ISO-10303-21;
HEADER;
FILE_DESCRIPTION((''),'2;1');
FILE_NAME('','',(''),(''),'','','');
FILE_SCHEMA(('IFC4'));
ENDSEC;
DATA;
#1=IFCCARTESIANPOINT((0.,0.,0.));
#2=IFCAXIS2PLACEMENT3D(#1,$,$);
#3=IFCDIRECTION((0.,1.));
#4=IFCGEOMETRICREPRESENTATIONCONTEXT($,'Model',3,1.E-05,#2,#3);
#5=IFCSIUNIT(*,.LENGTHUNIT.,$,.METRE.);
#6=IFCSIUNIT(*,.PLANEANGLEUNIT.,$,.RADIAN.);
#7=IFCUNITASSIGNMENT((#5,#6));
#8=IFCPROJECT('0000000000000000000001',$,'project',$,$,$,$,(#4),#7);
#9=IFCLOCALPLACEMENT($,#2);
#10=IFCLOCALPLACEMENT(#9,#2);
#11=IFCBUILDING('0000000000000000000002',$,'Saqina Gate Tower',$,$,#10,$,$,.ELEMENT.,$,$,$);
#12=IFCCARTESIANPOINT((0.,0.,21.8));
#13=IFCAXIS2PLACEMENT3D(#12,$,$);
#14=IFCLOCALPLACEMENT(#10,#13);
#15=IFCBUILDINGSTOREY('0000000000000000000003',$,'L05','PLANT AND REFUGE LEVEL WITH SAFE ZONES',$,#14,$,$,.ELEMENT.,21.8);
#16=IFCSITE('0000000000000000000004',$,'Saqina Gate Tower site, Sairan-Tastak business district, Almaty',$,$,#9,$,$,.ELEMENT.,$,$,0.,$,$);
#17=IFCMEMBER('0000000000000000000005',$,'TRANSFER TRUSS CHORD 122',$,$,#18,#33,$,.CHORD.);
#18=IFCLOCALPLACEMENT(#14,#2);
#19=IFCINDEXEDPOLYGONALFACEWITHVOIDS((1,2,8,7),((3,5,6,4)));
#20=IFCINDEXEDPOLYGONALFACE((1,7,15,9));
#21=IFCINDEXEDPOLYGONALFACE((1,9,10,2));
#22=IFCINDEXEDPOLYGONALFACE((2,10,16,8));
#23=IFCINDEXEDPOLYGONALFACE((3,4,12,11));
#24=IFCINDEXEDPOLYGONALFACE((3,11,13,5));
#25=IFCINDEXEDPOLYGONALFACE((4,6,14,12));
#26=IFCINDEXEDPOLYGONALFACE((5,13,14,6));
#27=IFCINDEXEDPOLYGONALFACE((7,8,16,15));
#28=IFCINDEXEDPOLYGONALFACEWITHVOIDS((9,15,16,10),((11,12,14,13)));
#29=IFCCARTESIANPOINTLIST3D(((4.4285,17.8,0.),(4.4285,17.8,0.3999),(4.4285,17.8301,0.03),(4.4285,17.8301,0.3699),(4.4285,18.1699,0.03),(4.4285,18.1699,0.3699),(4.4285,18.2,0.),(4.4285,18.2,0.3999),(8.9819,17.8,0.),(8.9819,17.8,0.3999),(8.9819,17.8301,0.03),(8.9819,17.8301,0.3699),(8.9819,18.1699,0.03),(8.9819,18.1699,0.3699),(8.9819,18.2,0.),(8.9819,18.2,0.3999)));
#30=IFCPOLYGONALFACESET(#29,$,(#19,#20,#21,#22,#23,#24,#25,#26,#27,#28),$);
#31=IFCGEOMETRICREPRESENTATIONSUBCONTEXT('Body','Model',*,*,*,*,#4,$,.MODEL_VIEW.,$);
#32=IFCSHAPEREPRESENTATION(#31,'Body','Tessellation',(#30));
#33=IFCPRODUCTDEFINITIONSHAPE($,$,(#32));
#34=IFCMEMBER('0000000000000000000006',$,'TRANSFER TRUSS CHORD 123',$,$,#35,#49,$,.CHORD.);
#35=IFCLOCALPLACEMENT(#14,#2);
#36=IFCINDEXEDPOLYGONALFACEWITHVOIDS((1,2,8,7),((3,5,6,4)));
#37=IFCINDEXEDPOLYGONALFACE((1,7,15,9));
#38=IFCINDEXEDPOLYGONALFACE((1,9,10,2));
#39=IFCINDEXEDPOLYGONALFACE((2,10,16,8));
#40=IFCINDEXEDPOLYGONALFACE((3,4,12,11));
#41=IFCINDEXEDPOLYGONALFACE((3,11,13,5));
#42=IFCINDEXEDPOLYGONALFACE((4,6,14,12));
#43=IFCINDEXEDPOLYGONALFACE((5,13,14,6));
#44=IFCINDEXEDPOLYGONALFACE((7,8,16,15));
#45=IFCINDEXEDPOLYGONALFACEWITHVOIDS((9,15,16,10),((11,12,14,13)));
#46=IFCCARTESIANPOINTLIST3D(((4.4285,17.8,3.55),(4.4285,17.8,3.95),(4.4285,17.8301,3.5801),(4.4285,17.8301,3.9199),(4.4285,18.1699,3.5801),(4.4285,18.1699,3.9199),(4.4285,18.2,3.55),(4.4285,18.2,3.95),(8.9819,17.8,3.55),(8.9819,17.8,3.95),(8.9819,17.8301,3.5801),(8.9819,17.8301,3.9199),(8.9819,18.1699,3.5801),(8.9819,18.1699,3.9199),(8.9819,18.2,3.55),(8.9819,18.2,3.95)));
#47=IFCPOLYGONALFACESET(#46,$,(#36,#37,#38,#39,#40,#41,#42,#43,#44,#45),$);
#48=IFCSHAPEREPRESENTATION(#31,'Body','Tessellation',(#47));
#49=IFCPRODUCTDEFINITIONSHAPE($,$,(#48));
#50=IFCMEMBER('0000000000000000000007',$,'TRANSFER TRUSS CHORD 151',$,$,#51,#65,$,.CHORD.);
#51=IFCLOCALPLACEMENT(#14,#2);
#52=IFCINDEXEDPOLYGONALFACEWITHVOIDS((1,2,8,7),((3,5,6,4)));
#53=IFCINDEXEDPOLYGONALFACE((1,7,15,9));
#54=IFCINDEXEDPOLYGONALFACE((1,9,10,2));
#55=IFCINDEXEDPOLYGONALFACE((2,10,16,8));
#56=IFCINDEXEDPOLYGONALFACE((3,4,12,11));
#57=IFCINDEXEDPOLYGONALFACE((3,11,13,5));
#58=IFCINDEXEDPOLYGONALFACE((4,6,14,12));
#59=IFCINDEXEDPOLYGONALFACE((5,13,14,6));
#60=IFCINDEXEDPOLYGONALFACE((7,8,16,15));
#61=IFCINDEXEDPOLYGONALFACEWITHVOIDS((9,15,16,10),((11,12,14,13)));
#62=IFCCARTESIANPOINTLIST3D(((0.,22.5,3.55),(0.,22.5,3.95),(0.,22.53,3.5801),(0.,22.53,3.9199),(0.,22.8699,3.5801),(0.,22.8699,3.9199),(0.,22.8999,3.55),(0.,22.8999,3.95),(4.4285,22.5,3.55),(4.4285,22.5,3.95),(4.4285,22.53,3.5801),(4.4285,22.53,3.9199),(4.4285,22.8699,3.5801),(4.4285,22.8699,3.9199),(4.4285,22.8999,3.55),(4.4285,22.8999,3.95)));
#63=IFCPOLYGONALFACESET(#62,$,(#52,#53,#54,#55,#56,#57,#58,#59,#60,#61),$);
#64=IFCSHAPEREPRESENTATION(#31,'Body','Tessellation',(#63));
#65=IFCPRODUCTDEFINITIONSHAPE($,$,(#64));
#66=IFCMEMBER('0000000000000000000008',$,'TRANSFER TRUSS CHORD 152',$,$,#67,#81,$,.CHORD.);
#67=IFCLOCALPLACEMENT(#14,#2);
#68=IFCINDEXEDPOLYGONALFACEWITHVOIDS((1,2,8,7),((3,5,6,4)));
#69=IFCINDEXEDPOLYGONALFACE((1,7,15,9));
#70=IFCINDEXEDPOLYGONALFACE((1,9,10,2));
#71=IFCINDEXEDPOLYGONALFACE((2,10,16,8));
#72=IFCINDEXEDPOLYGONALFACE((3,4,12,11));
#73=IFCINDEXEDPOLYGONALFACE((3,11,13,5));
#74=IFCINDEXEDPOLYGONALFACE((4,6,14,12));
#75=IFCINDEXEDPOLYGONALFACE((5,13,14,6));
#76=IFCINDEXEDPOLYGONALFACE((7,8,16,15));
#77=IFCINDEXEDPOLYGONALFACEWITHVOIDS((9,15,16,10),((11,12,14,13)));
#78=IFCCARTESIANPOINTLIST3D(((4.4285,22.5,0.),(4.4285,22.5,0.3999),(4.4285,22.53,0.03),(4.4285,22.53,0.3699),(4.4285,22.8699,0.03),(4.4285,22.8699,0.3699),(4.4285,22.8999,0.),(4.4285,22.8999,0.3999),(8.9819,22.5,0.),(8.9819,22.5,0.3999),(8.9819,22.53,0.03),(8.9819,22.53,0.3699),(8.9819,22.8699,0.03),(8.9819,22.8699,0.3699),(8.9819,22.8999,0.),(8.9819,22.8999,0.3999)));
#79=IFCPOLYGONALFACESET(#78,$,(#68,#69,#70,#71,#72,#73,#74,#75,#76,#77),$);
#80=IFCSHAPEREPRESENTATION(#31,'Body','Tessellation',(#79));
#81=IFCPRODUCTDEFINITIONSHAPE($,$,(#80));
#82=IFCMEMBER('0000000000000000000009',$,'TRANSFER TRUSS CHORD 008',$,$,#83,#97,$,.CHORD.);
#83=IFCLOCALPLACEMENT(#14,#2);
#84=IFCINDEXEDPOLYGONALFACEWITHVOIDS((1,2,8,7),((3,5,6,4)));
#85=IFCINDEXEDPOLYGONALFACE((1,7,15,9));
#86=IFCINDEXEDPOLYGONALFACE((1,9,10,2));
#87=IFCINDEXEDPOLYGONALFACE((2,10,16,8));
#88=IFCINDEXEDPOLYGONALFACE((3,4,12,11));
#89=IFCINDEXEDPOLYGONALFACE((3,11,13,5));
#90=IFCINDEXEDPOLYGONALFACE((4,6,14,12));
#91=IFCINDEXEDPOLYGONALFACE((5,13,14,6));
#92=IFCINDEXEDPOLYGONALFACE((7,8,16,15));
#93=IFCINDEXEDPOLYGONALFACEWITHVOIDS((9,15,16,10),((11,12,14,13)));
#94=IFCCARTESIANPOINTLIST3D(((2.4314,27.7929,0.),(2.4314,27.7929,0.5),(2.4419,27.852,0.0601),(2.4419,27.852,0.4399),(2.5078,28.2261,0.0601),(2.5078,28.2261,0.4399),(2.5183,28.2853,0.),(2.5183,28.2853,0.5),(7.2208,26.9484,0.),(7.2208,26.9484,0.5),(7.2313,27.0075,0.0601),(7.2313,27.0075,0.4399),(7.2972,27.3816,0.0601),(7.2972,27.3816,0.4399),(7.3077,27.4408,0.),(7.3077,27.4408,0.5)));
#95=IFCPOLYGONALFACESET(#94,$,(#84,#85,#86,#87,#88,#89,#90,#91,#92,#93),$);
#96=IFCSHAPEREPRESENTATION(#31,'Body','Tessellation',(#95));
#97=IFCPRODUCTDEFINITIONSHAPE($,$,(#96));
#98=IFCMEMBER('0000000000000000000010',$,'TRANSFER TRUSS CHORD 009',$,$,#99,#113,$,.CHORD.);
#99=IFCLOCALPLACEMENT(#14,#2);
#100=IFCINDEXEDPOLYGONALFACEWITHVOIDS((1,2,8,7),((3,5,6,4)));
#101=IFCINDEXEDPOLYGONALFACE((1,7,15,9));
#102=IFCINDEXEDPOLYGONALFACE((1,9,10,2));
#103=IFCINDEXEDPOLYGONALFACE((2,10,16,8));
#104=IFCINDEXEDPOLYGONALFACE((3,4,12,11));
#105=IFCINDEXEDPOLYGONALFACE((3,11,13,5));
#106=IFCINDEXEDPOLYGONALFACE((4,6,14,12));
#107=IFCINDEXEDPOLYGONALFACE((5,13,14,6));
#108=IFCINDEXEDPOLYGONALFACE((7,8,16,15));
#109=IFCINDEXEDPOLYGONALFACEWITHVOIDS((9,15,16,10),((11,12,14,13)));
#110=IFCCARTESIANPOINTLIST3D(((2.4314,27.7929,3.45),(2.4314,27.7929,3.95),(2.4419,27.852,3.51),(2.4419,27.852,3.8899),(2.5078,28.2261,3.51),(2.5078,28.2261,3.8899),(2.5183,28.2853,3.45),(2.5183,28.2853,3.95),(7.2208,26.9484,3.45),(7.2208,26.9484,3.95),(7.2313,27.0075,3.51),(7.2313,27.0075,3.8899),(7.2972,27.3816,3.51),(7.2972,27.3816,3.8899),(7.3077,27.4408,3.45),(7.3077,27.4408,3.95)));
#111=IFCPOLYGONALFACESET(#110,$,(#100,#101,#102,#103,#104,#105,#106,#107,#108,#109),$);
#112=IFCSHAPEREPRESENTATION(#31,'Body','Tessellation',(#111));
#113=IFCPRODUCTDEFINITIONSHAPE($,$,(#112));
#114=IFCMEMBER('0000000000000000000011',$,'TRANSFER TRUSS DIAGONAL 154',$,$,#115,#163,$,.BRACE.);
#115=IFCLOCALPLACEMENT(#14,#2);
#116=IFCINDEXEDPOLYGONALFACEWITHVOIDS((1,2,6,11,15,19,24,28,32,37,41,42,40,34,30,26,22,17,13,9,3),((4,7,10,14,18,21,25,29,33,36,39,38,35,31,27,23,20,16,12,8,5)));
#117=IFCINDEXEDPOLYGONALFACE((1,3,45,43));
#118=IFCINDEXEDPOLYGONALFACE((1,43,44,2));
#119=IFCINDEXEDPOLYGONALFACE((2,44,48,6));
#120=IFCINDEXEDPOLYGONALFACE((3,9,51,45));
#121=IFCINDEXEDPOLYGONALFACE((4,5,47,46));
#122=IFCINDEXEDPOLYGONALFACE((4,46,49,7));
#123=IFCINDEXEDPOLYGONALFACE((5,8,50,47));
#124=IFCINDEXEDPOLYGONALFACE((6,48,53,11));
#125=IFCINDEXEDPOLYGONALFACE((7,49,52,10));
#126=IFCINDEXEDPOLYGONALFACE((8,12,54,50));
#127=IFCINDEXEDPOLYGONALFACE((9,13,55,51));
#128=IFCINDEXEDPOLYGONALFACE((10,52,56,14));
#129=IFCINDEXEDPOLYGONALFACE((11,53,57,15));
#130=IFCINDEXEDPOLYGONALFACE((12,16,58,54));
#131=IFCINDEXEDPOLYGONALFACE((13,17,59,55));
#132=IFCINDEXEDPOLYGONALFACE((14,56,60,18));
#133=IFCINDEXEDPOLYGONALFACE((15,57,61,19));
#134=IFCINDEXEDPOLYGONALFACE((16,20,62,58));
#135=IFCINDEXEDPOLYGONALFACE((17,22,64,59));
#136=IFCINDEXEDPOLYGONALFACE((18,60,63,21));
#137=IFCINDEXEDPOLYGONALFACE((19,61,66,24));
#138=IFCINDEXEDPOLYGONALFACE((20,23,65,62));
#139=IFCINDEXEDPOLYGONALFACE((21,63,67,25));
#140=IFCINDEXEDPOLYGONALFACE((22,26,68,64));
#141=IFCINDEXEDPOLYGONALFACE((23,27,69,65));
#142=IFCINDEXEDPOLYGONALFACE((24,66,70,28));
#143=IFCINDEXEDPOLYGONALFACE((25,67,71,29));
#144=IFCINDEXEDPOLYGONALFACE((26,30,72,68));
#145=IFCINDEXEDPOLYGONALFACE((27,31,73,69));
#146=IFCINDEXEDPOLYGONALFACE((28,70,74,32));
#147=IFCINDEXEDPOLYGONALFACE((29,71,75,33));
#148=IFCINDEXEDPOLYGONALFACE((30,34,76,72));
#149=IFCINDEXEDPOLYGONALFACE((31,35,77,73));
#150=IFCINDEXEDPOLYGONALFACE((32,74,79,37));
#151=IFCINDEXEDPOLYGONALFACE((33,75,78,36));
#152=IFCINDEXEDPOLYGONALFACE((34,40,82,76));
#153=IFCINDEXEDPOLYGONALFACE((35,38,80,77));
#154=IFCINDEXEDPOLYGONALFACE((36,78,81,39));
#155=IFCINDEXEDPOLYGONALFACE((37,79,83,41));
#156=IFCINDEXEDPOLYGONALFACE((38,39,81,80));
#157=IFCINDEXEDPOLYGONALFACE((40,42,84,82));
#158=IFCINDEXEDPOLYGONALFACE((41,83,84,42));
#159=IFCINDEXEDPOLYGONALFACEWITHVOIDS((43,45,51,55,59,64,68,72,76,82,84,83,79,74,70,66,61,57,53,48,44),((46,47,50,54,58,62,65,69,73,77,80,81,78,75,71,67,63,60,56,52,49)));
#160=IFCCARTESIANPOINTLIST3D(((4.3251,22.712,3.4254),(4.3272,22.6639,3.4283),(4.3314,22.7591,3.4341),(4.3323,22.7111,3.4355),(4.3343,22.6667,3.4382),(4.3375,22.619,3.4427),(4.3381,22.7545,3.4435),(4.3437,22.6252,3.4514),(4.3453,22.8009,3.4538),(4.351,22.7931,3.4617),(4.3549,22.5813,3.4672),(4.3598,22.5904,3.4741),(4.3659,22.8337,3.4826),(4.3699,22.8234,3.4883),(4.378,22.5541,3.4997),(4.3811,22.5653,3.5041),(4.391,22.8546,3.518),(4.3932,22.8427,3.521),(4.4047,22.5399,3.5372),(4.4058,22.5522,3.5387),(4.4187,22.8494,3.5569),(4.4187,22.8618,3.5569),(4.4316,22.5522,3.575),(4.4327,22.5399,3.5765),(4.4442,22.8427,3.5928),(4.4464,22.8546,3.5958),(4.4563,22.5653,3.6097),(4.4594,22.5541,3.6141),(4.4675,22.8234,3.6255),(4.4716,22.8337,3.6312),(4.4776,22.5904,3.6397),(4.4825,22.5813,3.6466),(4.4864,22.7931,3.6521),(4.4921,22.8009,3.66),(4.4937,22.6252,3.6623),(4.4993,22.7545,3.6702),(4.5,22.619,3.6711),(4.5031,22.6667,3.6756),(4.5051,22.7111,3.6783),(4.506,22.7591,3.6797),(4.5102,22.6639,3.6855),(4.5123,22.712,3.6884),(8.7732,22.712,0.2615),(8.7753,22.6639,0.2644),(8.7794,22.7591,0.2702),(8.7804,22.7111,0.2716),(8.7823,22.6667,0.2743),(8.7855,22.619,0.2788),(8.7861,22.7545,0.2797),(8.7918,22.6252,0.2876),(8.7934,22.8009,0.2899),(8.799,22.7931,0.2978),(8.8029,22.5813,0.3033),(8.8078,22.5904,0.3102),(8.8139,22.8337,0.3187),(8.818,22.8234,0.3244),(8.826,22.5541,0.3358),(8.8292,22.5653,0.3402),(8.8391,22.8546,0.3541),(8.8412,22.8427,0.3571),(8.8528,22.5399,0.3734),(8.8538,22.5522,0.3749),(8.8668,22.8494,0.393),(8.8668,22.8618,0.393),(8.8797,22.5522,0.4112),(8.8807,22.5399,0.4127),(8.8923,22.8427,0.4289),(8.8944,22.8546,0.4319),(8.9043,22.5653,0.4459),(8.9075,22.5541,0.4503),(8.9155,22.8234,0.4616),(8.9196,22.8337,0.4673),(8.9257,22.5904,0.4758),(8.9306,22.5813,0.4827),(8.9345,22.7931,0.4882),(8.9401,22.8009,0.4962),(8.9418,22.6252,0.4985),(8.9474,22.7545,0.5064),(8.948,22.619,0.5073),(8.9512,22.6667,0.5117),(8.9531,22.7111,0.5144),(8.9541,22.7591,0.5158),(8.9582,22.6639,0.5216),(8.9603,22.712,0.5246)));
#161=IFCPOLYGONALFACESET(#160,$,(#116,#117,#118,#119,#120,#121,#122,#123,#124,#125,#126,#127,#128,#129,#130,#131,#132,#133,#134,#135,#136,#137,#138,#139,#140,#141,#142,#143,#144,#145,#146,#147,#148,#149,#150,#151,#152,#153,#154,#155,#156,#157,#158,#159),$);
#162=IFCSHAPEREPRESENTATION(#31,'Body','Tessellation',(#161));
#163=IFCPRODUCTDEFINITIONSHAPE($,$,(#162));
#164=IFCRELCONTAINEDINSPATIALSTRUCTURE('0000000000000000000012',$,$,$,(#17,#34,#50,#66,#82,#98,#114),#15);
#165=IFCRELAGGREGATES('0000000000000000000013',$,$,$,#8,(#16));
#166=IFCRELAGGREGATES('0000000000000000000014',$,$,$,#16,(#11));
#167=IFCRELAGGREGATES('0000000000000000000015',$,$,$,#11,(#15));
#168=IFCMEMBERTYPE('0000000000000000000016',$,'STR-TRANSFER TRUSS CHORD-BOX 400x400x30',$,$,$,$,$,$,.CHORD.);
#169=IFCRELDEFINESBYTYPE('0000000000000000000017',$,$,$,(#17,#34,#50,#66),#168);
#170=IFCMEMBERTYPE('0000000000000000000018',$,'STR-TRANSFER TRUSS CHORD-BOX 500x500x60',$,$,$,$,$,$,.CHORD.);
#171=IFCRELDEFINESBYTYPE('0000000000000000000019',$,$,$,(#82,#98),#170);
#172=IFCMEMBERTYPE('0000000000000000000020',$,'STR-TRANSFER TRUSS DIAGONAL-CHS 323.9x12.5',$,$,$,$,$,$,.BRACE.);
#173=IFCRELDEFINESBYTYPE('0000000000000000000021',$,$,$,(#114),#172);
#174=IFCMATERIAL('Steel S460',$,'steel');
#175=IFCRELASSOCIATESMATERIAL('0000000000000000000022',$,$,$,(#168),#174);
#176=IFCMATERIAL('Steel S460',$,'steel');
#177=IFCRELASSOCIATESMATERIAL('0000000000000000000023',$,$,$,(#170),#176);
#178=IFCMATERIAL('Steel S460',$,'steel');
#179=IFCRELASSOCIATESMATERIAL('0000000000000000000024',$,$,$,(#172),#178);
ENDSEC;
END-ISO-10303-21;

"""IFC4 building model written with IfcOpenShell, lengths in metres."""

from ifc_helpers import new_model, si_unit, direction, frame, origin, origin_2d, place, context, subcontext, project, spatial, hollow_rectangle, hollow_circle, extrude, material, material_profile, profile_set, type_object, element, save


model = new_model("IFC4")

# Units and contexts
model_context = context("Model", 3, precision=1e-05, world=origin(), true_north=direction((0.0, 1.0)))
body_context = subcontext(model_context, "Body", "Model", "MODEL_VIEW")
ifc_project = project(units=[si_unit("LENGTHUNIT", "METRE"), si_unit("PLANEANGLEUNIT", "RADIAN")], contexts=[model_context])

# Site, building, storey
site_placement = place(None, origin())
site = spatial("IfcSite", under=ifc_project, at=site_placement, Name="Saqina Gate Tower site, Sairan-Tastak business district, Almaty", CompositionType="ELEMENT", RefElevation=0.0)
building_placement = place(site_placement, origin())
building = spatial("IfcBuilding", under=site, at=building_placement, Name="Saqina Gate Tower", CompositionType="ELEMENT")
storey_placement = place(building_placement, frame((0.0, 0.0, 21.8)))
storey = spatial("IfcBuildingStorey", under=building, at=storey_placement, Name="L05", Description="PLANT AND REFUGE LEVEL WITH SAFE ZONES", CompositionType="ELEMENT", Elevation=21.8)

# Members
ifc_material_1 = material(Name="Steel S460", Category="steel")
ifc_material_profile_1 = material_profile(ifc_material_1, hollow_rectangle(XDim=0.3999, YDim=0.3999, WallThickness=0.03, at=origin_2d()), Name="BOX 400x400x30")
ifc_profile_set_1 = profile_set([ifc_material_profile_1], Name="Steel S460")
member_type_1 = type_object("IfcMemberType", Name="STR-TRANSFER TRUSS CHORD-BOX 400x400x30", PredefinedType="CHORD", material=ifc_profile_set_1)
for number, where, z_axis, x_axis, name in (
    (1, (4.4285, 18.0, 0.2), (1.0, 0.0, 0.0), (0.0, 1.0, 0.0), "TRANSFER TRUSS CHORD 122"),
    (2, (4.4285, 18.0, 3.75), (1.0, 0.0, 0.0), (0.0, 1.0, 0.0), "TRANSFER TRUSS CHORD 123"),
):
    element("IfcMember", number, at=place(storey_placement, frame(where, z_axis=z_axis, x_axis=x_axis)), inside=storey, type_object=member_type_1, Name=name, PredefinedType="CHORD", context=body_context, shape_type="SweptSolid", body=[
        extrude(hollow_rectangle(XDim=0.3999, YDim=0.3999, WallThickness=0.03, at=origin_2d()), origin(), (0.0, 0.0, 1.0), 4.5535),
    ])
member_1_placement = place(storey_placement, frame((0.0, 22.7, 3.75), z_axis=(1.0, 0.0, 0.0), x_axis=(0.0, 1.0, 0.0)))
element("IfcMember", 3, at=member_1_placement, inside=storey, type_object=member_type_1, Name="TRANSFER TRUSS CHORD 151", PredefinedType="CHORD", context=body_context, shape_type="SweptSolid", body=[
    extrude(hollow_rectangle(XDim=0.3999, YDim=0.3999, WallThickness=0.03, at=origin_2d()), origin(), (0.0, 0.0, 1.0), 4.4285),
])
member_2_placement = place(storey_placement, frame((4.4285, 22.7, 0.2), z_axis=(1.0, 0.0, 0.0), x_axis=(0.0, 1.0, 0.0)))
element("IfcMember", 4, at=member_2_placement, inside=storey, type_object=member_type_1, Name="TRANSFER TRUSS CHORD 152", PredefinedType="CHORD", context=body_context, shape_type="SweptSolid", body=[
    extrude(hollow_rectangle(XDim=0.3999, YDim=0.3999, WallThickness=0.03, at=origin_2d()), origin(), (0.0, 0.0, 1.0), 4.5535),
])
ifc_material_2 = material(Name="Steel S460", Category="steel")
ifc_material_profile_2 = material_profile(ifc_material_2, hollow_rectangle(XDim=0.5, YDim=0.5, WallThickness=0.0601, at=origin_2d()), Name="BOX 500x500x60")
ifc_profile_set_2 = profile_set([ifc_material_profile_2], Name="Steel S460")
member_type_2 = type_object("IfcMemberType", Name="STR-TRANSFER TRUSS CHORD-BOX 500x500x60", PredefinedType="CHORD", material=ifc_profile_set_2)
for number, where, z_axis, x_axis, name in (
    (5, (2.4749, 28.0391, 0.25), (0.984808, -0.173648, 0.0), (0.173648, 0.984808, 0.0), "TRANSFER TRUSS CHORD 008"),
    (6, (2.4749, 28.0391, 3.7), (0.984808, -0.173648, 0.0), (0.173648, 0.984808, 0.0), "TRANSFER TRUSS CHORD 009"),
):
    element("IfcMember", number, at=place(storey_placement, frame(where, z_axis=z_axis, x_axis=x_axis)), inside=storey, type_object=member_type_2, Name=name, PredefinedType="CHORD", context=body_context, shape_type="SweptSolid", body=[
        extrude(hollow_rectangle(XDim=0.5, YDim=0.5, WallThickness=0.0601, at=origin_2d()), origin(), (0.0, 0.0, 1.0), 4.8633),
    ])
ifc_material_3 = material(Name="Steel S460", Category="steel")
ifc_material_profile_3 = material_profile(ifc_material_3, hollow_circle(Radius=0.1619, WallThickness=0.0125, at=origin_2d()), Name="CHS 323.9x12.5")
ifc_profile_set_3 = profile_set([ifc_material_profile_3], Name="Steel S460")
member_type_3 = type_object("IfcMemberType", Name="STR-TRANSFER TRUSS DIAGONAL-CHS 323.9x12.5", PredefinedType="BRACE", material=ifc_profile_set_3)
member_3_placement = place(storey_placement, frame((4.4187, 22.7, 3.5569), z_axis=(0.814886, 0.0, -0.579621), x_axis=(0.0, 1.0, 0.0)))
element("IfcMember", 7, at=member_3_placement, inside=storey, type_object=member_type_3, Name="TRANSFER TRUSS DIAGONAL 154", PredefinedType="BRACE", context=body_context, shape_type="SweptSolid", body=[
    extrude(hollow_circle(Radius=0.1619, WallThickness=0.0125, at=origin_2d()), origin(), (0.0, 0.0, 1.0), 5.4585),
])

save(model, "model.ifc")
